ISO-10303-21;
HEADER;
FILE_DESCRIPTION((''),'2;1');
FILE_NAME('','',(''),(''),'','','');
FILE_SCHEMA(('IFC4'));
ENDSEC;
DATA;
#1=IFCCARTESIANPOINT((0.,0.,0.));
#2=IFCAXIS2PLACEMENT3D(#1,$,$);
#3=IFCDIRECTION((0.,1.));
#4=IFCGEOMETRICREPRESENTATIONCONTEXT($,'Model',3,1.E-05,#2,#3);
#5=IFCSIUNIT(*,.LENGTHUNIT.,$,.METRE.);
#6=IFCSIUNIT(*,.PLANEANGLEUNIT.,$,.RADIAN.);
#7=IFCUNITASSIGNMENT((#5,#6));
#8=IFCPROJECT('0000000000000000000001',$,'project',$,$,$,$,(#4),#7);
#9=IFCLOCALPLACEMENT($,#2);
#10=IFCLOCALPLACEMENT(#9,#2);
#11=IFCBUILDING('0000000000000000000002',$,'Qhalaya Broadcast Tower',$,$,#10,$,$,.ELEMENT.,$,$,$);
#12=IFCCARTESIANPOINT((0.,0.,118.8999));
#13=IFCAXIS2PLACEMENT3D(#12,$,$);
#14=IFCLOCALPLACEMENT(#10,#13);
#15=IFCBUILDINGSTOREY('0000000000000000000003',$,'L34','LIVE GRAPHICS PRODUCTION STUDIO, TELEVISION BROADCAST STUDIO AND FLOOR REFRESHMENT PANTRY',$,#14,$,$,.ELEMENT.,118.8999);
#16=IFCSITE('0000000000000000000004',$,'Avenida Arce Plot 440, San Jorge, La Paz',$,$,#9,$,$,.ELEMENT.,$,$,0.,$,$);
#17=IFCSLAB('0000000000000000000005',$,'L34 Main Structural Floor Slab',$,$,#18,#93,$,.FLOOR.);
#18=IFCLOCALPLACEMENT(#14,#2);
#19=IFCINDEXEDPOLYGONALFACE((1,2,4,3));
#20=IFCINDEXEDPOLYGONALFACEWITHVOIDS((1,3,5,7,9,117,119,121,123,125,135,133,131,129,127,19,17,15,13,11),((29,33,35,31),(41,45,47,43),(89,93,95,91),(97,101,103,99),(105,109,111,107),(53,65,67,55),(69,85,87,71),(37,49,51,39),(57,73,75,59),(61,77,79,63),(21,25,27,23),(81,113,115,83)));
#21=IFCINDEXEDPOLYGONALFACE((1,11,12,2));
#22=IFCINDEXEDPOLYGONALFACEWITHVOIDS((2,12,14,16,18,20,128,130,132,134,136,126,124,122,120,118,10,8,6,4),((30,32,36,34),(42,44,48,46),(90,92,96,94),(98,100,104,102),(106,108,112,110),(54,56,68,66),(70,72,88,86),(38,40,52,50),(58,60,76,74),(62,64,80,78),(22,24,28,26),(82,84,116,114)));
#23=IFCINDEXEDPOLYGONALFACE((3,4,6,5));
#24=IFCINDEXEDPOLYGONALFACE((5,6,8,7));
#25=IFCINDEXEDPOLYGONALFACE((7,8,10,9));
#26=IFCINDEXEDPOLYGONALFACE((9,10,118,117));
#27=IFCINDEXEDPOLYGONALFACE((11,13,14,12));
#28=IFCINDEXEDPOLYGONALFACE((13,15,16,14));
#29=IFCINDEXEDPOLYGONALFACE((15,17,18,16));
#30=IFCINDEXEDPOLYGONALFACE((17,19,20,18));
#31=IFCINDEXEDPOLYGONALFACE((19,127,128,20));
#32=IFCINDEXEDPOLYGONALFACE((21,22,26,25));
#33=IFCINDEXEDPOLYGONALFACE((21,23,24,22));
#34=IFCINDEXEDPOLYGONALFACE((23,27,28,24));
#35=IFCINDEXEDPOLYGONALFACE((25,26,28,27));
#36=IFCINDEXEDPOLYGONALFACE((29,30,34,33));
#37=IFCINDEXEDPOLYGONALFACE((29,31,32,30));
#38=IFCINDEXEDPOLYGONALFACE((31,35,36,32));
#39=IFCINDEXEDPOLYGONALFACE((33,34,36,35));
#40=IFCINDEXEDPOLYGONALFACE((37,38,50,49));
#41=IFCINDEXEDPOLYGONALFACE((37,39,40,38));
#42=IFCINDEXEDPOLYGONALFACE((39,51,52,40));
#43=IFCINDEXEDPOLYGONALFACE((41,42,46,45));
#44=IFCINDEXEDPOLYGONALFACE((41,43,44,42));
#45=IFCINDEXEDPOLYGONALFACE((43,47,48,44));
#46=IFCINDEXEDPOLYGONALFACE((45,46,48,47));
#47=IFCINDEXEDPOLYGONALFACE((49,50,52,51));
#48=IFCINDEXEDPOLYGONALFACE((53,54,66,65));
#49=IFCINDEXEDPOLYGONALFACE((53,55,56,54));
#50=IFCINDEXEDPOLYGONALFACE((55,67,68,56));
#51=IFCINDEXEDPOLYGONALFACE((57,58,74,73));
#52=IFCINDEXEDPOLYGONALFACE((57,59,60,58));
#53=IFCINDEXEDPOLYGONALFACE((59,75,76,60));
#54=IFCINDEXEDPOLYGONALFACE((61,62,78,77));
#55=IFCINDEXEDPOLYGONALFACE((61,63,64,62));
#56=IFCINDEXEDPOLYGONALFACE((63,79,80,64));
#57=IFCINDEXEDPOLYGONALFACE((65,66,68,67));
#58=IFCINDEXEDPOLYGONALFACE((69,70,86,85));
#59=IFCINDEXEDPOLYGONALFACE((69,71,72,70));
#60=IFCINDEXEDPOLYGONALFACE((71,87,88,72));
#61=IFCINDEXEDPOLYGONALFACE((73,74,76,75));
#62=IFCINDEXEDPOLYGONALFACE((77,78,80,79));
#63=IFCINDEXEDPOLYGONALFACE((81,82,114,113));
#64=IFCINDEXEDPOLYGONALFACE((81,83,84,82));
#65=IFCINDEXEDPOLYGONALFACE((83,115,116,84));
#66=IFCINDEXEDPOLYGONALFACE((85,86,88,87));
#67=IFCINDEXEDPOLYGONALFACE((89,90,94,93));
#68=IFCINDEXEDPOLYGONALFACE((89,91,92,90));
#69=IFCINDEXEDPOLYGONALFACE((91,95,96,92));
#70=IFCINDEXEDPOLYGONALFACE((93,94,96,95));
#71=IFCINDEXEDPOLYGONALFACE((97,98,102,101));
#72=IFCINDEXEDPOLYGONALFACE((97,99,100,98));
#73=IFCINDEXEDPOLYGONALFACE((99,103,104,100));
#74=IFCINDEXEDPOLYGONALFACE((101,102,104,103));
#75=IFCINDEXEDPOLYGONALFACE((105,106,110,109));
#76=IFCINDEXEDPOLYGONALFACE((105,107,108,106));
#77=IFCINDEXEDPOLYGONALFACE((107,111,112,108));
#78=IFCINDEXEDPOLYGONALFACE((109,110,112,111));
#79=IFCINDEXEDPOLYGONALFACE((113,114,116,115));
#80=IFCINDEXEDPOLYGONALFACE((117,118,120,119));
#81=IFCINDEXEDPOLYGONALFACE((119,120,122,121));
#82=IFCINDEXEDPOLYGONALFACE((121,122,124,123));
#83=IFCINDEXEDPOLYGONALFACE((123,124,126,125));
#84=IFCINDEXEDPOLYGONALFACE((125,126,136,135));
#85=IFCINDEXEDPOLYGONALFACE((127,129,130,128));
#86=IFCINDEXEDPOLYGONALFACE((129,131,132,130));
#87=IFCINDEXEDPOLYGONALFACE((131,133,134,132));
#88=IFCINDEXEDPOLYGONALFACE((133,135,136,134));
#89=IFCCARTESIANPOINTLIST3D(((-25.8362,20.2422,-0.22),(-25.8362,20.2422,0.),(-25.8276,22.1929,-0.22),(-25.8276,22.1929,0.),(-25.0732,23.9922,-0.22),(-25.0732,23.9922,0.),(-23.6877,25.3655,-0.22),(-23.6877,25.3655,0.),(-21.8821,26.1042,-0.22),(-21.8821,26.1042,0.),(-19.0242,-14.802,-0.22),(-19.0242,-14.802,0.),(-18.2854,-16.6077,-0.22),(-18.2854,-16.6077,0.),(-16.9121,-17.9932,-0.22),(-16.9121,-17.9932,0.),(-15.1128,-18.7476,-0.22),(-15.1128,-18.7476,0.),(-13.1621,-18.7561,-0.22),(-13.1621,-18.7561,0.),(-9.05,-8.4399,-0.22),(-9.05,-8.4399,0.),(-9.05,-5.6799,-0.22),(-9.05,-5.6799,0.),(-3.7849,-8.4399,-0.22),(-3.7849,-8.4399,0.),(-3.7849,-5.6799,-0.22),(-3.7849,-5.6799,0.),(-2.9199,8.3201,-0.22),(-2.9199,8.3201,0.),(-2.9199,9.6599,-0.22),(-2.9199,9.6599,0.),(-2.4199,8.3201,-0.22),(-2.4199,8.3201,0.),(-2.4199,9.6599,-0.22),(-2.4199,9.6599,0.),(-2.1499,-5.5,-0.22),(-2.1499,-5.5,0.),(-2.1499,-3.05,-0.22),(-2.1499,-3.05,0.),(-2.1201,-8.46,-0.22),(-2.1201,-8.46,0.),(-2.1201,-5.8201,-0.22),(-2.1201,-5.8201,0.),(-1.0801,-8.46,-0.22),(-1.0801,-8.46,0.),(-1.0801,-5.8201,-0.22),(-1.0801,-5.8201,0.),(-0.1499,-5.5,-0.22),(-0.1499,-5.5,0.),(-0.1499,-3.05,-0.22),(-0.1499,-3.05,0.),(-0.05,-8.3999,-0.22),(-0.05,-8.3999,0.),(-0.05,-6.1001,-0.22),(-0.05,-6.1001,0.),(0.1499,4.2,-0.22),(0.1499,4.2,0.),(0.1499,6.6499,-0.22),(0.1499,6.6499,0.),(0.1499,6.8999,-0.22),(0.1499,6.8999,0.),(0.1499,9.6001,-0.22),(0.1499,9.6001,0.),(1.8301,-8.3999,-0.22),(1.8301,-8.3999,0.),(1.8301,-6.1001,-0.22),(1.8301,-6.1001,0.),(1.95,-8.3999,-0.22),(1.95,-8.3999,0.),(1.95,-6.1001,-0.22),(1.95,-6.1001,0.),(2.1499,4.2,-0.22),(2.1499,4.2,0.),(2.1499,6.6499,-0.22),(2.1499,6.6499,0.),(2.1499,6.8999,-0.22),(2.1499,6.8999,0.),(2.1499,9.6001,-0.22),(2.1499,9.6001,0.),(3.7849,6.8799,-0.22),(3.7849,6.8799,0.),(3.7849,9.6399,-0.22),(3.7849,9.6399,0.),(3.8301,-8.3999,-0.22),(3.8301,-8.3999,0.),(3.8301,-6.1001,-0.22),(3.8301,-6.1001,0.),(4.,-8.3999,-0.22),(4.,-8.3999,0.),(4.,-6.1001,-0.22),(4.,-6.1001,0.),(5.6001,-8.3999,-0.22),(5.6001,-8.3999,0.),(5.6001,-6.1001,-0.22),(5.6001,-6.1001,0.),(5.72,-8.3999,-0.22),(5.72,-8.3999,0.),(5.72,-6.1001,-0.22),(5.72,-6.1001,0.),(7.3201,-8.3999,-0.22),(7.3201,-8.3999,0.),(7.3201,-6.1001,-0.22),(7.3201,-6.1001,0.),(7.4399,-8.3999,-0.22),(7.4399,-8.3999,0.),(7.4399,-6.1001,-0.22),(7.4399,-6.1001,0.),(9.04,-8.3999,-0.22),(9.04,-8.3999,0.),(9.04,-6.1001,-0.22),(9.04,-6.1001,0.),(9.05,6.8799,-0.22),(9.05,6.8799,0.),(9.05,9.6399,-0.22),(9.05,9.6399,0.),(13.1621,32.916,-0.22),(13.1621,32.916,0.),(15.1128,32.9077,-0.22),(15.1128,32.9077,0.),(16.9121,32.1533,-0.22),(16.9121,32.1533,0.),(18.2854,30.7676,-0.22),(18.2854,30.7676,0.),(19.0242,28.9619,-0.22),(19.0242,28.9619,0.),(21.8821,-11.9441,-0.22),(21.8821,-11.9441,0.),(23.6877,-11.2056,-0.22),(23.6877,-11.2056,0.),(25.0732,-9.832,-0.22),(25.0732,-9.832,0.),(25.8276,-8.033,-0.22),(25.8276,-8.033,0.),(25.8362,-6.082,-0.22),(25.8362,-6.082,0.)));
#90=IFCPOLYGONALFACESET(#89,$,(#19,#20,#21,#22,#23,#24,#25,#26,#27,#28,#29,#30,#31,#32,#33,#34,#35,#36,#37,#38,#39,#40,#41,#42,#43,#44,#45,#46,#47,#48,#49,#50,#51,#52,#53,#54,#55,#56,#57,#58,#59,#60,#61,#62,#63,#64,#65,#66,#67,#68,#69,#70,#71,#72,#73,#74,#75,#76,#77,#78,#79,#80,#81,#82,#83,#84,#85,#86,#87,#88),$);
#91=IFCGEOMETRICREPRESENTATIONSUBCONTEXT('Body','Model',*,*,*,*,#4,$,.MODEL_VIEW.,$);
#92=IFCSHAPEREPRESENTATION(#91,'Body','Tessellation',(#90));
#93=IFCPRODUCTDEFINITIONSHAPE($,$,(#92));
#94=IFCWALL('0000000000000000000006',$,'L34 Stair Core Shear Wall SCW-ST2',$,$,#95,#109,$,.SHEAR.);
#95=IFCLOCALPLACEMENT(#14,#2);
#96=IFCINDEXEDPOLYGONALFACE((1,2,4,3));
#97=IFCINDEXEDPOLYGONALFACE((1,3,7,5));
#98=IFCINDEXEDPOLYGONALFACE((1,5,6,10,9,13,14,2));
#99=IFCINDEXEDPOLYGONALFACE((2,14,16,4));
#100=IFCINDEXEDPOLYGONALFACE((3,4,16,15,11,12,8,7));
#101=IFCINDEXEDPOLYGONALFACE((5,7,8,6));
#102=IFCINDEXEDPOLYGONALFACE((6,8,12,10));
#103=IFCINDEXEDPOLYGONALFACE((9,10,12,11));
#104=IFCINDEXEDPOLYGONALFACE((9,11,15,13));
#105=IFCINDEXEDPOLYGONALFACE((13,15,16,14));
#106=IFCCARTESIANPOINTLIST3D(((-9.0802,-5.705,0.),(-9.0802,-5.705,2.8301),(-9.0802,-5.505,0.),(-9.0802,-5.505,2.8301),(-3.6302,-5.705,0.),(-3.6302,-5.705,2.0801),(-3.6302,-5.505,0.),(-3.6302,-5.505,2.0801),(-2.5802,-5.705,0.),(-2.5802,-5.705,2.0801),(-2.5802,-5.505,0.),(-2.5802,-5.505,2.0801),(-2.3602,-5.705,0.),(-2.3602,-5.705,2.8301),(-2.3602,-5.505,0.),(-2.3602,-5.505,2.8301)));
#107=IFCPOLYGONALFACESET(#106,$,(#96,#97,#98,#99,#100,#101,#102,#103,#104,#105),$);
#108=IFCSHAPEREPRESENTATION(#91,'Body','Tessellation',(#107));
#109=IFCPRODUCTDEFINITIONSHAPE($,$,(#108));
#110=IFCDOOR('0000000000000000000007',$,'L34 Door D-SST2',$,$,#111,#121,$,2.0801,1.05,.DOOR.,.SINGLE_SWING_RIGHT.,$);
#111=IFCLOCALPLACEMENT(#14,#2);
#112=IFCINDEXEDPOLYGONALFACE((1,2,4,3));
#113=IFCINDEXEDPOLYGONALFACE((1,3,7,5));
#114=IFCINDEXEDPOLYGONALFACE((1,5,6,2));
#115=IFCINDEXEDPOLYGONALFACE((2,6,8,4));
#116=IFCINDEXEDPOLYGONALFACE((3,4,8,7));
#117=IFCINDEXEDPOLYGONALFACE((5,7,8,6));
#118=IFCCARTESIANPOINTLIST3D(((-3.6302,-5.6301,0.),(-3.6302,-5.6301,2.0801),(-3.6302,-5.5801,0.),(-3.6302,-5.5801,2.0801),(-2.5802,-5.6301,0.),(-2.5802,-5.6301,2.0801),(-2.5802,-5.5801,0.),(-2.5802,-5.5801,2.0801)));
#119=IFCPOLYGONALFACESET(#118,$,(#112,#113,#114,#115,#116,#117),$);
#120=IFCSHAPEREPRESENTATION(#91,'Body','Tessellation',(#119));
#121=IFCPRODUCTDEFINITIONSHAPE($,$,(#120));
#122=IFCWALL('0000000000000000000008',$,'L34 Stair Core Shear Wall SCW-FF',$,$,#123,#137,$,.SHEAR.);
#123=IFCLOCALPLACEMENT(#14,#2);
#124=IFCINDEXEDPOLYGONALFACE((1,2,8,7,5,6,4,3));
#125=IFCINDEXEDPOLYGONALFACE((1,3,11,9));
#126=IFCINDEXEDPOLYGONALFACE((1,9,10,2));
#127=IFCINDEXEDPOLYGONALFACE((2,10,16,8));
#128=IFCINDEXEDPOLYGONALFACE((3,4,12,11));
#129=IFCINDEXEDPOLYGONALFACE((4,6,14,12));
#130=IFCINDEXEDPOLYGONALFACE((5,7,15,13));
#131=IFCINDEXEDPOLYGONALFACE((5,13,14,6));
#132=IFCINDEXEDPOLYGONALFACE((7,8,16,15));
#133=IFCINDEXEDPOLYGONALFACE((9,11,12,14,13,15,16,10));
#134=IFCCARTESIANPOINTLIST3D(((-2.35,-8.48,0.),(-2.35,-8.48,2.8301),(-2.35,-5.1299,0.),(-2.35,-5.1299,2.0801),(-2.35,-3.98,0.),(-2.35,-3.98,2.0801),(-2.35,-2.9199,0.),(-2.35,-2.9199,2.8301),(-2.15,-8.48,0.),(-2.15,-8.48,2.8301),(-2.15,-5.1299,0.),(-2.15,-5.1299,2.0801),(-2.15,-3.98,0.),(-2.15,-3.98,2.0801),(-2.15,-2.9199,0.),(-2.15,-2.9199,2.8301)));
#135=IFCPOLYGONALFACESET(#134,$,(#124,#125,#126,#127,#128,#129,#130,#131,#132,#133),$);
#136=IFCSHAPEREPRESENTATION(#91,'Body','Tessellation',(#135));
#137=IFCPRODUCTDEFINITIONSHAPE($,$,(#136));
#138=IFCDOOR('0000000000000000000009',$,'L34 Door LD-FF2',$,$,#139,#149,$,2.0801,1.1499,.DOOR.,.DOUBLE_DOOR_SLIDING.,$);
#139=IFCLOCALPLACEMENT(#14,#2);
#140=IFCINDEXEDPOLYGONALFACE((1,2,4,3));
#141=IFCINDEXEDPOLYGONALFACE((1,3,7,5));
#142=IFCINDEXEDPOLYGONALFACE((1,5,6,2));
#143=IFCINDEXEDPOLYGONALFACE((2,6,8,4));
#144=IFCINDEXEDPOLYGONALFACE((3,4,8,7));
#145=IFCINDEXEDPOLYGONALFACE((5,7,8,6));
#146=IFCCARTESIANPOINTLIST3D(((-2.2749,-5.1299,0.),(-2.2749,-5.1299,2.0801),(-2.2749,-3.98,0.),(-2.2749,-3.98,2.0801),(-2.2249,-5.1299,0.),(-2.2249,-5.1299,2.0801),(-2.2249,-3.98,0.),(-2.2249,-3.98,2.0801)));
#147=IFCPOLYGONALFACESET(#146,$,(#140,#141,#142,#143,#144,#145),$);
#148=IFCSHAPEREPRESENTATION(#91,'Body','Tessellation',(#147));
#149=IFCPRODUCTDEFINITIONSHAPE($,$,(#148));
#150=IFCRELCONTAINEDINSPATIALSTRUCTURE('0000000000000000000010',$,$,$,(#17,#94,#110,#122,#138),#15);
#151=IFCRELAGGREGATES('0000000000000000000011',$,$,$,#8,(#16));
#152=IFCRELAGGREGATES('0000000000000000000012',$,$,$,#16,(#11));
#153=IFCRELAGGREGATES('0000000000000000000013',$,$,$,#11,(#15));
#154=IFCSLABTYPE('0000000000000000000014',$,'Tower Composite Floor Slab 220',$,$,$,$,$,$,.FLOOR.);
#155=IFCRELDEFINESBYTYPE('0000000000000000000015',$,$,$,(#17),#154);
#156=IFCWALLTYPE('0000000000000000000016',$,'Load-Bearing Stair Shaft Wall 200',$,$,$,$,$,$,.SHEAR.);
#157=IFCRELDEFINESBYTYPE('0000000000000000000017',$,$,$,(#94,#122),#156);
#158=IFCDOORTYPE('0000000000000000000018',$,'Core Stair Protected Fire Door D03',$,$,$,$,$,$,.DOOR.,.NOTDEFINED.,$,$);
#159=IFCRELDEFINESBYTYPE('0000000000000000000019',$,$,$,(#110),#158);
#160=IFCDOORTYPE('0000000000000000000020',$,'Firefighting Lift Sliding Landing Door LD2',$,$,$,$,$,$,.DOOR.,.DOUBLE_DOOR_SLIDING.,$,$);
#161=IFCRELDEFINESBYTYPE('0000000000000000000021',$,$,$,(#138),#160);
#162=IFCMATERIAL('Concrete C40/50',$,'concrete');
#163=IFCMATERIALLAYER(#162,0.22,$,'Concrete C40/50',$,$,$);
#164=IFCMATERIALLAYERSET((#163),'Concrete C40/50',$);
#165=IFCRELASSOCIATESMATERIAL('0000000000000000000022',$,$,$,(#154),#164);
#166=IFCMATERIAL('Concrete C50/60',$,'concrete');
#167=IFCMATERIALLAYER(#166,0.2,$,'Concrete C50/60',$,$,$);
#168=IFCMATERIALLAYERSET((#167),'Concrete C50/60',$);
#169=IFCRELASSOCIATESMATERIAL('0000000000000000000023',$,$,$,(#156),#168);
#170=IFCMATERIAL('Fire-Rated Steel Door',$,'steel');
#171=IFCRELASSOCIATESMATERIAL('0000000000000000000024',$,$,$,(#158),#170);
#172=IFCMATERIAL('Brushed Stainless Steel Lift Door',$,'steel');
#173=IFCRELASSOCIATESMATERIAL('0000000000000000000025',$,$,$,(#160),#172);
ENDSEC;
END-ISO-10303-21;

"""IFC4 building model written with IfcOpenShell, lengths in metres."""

from ifc_helpers import new_model, si_unit, direction, frame, frame_2d, origin, place, context, subcontext, project, spatial, polyline, rectangle, outline, extrude, material, layer, layer_set, type_object, element, fill, save


model = new_model("IFC4")

# Units and contexts
model_context = context("Model", 3, precision=1e-05, world=origin(), true_north=direction((0.0, 1.0)))
body_context = subcontext(model_context, "Body", "Model", "MODEL_VIEW")
ifc_project = project(units=[si_unit("LENGTHUNIT", "METRE"), si_unit("PLANEANGLEUNIT", "RADIAN")], contexts=[model_context])

# Site, building, storey
site_placement = place(None, origin())
site = spatial("IfcSite", under=ifc_project, at=site_placement, Name="Avenida Arce Plot 440, San Jorge, La Paz", CompositionType="ELEMENT", RefElevation=0.0)
building_placement = place(site_placement, origin())
building = spatial("IfcBuilding", under=site, at=building_placement, Name="Qhalaya Broadcast Tower", CompositionType="ELEMENT")
storey_placement = place(building_placement, frame((0.0, 0.0, 118.8999)))
storey = spatial("IfcBuildingStorey", under=building, at=storey_placement, Name="L34", Description="LIVE GRAPHICS PRODUCTION STUDIO, TELEVISION BROADCAST STUDIO AND FLOOR REFRESHMENT PANTRY", CompositionType="ELEMENT", Elevation=118.8999)

# Shared definitions
ifc_material_1 = material(Name="Concrete C50/60", Category="concrete")

# Slab
ifc_material_2 = material(Name="Concrete C40/50", Category="concrete")
ifc_layer_1 = layer(ifc_material_2, 0.22, Name="Concrete C40/50")
ifc_layer_set_1 = layer_set([ifc_layer_1], Name="Concrete C40/50")
slab_type = type_object("IfcSlabType", Name="Tower Composite Floor Slab 220", PredefinedType="FLOOR", material=ifc_layer_set_1)
slab_placement = place(storey_placement, frame((0.0, 0.0, -0.22)))
element("IfcSlab", 1, at=slab_placement, inside=storey, type_object=slab_type, Name="L34 Main Structural Floor Slab", PredefinedType="FLOOR", context=body_context, shape_type="SweptSolid", body=[
    extrude(outline(polyline([(21.8821, -11.9441), (23.6877, -11.2056), (25.0732, -9.832), (25.8276, -8.033), (25.8362, -6.082), (19.0242, 28.9619), (18.2854, 30.7676), (16.9121, 32.1533), (15.1128, 32.9077), (13.1621, 32.916), (-21.8821, 26.1042), (-23.6877, 25.3655), (-25.0732, 23.9922), (-25.8276, 22.1929), (-25.8362, 20.2422), (-19.0242, -14.802), (-18.2854, -16.6077), (-16.9121, -17.9932), (-15.1128, -18.7476), (-13.1621, -18.7561), (21.8821, -11.9441)]), holes=[polyline([(3.7849, 9.6399), (9.05, 9.6399), (9.05, 6.8799), (3.7849, 6.8799), (3.7849, 9.6399)]), polyline([(-3.7849, -8.4399), (-9.05, -8.4399), (-9.05, -5.6799), (-3.7849, -5.6799), (-3.7849, -8.4399)]), polyline([(0.1499, 6.6499), (2.1499, 6.6499), (2.1499, 4.2), (0.1499, 4.2), (0.1499, 6.6499)]), polyline([(0.1499, 9.6001), (2.1499, 9.6001), (2.1499, 6.8999), (0.1499, 6.8999), (0.1499, 9.6001)]), polyline([(-2.1499, -3.05), (-0.1499, -3.05), (-0.1499, -5.5), (-2.1499, -5.5), (-2.1499, -3.05)]), polyline([(-0.05, -6.1001), (1.8301, -6.1001), (1.8301, -8.3999), (-0.05, -8.3999), (-0.05, -6.1001)]), polyline([(1.95, -6.1001), (3.8301, -6.1001), (3.8301, -8.3999), (1.95, -8.3999), (1.95, -6.1001)]), polyline([(4.0, -6.1001), (5.6001, -6.1001), (5.6001, -8.3999), (4.0, -8.3999), (4.0, -6.1001)]), polyline([(5.72, -6.1001), (7.3201, -6.1001), (7.3201, -8.3999), (5.72, -8.3999), (5.72, -6.1001)]), polyline([(7.4399, -6.1001), (9.04, -6.1001), (9.04, -8.3999), (7.4399, -8.3999), (7.4399, -6.1001)]), polyline([(-2.9199, 9.6599), (-2.4199, 9.6599), (-2.4199, 8.3201), (-2.9199, 8.3201), (-2.9199, 9.6599)]), polyline([(-2.1201, -5.8201), (-1.0801, -5.8201), (-1.0801, -8.46), (-2.1201, -8.46), (-2.1201, -5.8201)])]), origin(), (0.0, 0.0, 1.0), 0.22),
])

# Walls, openings, doors
ifc_layer_2 = layer(ifc_material_1, 0.2, Name="Concrete C50/60")
ifc_layer_set_2 = layer_set([ifc_layer_2], Name="Concrete C50/60")
wall_type_1 = type_object("IfcWallType", Name="Load-Bearing Stair Shaft Wall 200", PredefinedType="SHEAR", material=ifc_layer_set_2)
wall_1_placement = place(storey_placement, frame((-9.0801, -5.605, 0.0), z_axis=(0.0, 0.0, 1.0), x_axis=(1.0, 0.0, 0.0)))
wall_1 = element("IfcWall", 2, at=wall_1_placement, inside=storey, type_object=wall_type_1, Name="L34 Stair Core Shear Wall SCW-ST2", PredefinedType="SHEAR", context=body_context, shape_type="SweptSolid", body=[
    extrude(rectangle(XDim=6.72, YDim=0.2, at=frame_2d((3.3599, 0.0))), origin(), (0.0, 0.0, 1.0), 2.8301),
])
opening_1_placement = place(wall_1_placement, frame((5.45, 0.0, 0.0)))
opening_1 = element("IfcOpeningElement", 3, at=opening_1_placement, cuts=wall_1, PredefinedType="OPENING", context=body_context, shape_type="SweptSolid", body=[
    extrude(rectangle(XDim=1.05, YDim=2.0801, at=frame_2d((0.5249, 1.04))), frame((0.0, 0.1121, 0.0), z_axis=(0.0, -1.0, 0.0), x_axis=(1.0, 0.0, 0.0)), (0.0, 0.0, 1.0), 0.2239),
])
ifc_material_3 = material(Name="Fire-Rated Steel Door", Category="steel")
door_type_1 = type_object("IfcDoorType", Name="Core Stair Protected Fire Door D03", OperationType="NOTDEFINED", PredefinedType="DOOR", material=ifc_material_3)
door_1_placement = place(opening_1_placement, origin())
door_1 = element("IfcDoor", 4, at=door_1_placement, inside=storey, type_object=door_type_1, Name="L34 Door D-SST2", OperationType="SINGLE_SWING_RIGHT", OverallHeight=2.0801, OverallWidth=1.05, PredefinedType="DOOR", context=body_context, shape_type="SweptSolid", body=[
    extrude(rectangle(XDim=1.05, YDim=2.0801, at=frame_2d((0.5249, 1.04))), frame((0.0, 0.0249, 0.0), z_axis=(0.0, -1.0, 0.0), x_axis=(1.0, 0.0, 0.0)), (0.0, 0.0, 1.0), 0.05),
])
fill(opening_1, door_1)
wall_2_placement = place(storey_placement, frame((-2.25, -8.48, 0.0), z_axis=(0.0, 0.0, 1.0), x_axis=(0.0, 1.0, 0.0)))
wall_2 = element("IfcWall", 5, at=wall_2_placement, inside=storey, type_object=wall_type_1, Name="L34 Stair Core Shear Wall SCW-FF", PredefinedType="SHEAR", context=body_context, shape_type="SweptSolid", body=[
    extrude(rectangle(XDim=5.5601, YDim=0.2, at=frame_2d((2.78, 0.0))), origin(), (0.0, 0.0, 1.0), 2.8301),
])
opening_2_placement = place(wall_2_placement, frame((3.3501, 0.0, 0.0)))
opening_2 = element("IfcOpeningElement", 6, at=opening_2_placement, cuts=wall_2, PredefinedType="OPENING", context=body_context, shape_type="SweptSolid", body=[
    extrude(rectangle(XDim=1.1499, YDim=2.0801, at=frame_2d((0.575, 1.04))), frame((0.0, 0.1121, 0.0), z_axis=(0.0, -1.0, 0.0), x_axis=(1.0, 0.0, 0.0)), (0.0, 0.0, 1.0), 0.2239),
])
ifc_material_4 = material(Name="Brushed Stainless Steel Lift Door", Category="steel")
door_type_2 = type_object("IfcDoorType", Name="Firefighting Lift Sliding Landing Door LD2", OperationType="DOUBLE_DOOR_SLIDING", PredefinedType="DOOR", material=ifc_material_4)
door_2_placement = place(opening_2_placement, origin())
door_2 = element("IfcDoor", 7, at=door_2_placement, inside=storey, type_object=door_type_2, Name="L34 Door LD-FF2", OperationType="DOUBLE_DOOR_SLIDING", OverallHeight=2.0801, OverallWidth=1.1499, PredefinedType="DOOR", context=body_context, shape_type="SweptSolid", body=[
    extrude(rectangle(XDim=1.1499, YDim=2.0801, at=frame_2d((0.575, 1.04))), frame((0.0, 0.0249, 0.0), z_axis=(0.0, -1.0, 0.0), x_axis=(1.0, 0.0, 0.0)), (0.0, 0.0, 1.0), 0.05),
])
fill(opening_2, door_2)

save(model, "model.ifc")
